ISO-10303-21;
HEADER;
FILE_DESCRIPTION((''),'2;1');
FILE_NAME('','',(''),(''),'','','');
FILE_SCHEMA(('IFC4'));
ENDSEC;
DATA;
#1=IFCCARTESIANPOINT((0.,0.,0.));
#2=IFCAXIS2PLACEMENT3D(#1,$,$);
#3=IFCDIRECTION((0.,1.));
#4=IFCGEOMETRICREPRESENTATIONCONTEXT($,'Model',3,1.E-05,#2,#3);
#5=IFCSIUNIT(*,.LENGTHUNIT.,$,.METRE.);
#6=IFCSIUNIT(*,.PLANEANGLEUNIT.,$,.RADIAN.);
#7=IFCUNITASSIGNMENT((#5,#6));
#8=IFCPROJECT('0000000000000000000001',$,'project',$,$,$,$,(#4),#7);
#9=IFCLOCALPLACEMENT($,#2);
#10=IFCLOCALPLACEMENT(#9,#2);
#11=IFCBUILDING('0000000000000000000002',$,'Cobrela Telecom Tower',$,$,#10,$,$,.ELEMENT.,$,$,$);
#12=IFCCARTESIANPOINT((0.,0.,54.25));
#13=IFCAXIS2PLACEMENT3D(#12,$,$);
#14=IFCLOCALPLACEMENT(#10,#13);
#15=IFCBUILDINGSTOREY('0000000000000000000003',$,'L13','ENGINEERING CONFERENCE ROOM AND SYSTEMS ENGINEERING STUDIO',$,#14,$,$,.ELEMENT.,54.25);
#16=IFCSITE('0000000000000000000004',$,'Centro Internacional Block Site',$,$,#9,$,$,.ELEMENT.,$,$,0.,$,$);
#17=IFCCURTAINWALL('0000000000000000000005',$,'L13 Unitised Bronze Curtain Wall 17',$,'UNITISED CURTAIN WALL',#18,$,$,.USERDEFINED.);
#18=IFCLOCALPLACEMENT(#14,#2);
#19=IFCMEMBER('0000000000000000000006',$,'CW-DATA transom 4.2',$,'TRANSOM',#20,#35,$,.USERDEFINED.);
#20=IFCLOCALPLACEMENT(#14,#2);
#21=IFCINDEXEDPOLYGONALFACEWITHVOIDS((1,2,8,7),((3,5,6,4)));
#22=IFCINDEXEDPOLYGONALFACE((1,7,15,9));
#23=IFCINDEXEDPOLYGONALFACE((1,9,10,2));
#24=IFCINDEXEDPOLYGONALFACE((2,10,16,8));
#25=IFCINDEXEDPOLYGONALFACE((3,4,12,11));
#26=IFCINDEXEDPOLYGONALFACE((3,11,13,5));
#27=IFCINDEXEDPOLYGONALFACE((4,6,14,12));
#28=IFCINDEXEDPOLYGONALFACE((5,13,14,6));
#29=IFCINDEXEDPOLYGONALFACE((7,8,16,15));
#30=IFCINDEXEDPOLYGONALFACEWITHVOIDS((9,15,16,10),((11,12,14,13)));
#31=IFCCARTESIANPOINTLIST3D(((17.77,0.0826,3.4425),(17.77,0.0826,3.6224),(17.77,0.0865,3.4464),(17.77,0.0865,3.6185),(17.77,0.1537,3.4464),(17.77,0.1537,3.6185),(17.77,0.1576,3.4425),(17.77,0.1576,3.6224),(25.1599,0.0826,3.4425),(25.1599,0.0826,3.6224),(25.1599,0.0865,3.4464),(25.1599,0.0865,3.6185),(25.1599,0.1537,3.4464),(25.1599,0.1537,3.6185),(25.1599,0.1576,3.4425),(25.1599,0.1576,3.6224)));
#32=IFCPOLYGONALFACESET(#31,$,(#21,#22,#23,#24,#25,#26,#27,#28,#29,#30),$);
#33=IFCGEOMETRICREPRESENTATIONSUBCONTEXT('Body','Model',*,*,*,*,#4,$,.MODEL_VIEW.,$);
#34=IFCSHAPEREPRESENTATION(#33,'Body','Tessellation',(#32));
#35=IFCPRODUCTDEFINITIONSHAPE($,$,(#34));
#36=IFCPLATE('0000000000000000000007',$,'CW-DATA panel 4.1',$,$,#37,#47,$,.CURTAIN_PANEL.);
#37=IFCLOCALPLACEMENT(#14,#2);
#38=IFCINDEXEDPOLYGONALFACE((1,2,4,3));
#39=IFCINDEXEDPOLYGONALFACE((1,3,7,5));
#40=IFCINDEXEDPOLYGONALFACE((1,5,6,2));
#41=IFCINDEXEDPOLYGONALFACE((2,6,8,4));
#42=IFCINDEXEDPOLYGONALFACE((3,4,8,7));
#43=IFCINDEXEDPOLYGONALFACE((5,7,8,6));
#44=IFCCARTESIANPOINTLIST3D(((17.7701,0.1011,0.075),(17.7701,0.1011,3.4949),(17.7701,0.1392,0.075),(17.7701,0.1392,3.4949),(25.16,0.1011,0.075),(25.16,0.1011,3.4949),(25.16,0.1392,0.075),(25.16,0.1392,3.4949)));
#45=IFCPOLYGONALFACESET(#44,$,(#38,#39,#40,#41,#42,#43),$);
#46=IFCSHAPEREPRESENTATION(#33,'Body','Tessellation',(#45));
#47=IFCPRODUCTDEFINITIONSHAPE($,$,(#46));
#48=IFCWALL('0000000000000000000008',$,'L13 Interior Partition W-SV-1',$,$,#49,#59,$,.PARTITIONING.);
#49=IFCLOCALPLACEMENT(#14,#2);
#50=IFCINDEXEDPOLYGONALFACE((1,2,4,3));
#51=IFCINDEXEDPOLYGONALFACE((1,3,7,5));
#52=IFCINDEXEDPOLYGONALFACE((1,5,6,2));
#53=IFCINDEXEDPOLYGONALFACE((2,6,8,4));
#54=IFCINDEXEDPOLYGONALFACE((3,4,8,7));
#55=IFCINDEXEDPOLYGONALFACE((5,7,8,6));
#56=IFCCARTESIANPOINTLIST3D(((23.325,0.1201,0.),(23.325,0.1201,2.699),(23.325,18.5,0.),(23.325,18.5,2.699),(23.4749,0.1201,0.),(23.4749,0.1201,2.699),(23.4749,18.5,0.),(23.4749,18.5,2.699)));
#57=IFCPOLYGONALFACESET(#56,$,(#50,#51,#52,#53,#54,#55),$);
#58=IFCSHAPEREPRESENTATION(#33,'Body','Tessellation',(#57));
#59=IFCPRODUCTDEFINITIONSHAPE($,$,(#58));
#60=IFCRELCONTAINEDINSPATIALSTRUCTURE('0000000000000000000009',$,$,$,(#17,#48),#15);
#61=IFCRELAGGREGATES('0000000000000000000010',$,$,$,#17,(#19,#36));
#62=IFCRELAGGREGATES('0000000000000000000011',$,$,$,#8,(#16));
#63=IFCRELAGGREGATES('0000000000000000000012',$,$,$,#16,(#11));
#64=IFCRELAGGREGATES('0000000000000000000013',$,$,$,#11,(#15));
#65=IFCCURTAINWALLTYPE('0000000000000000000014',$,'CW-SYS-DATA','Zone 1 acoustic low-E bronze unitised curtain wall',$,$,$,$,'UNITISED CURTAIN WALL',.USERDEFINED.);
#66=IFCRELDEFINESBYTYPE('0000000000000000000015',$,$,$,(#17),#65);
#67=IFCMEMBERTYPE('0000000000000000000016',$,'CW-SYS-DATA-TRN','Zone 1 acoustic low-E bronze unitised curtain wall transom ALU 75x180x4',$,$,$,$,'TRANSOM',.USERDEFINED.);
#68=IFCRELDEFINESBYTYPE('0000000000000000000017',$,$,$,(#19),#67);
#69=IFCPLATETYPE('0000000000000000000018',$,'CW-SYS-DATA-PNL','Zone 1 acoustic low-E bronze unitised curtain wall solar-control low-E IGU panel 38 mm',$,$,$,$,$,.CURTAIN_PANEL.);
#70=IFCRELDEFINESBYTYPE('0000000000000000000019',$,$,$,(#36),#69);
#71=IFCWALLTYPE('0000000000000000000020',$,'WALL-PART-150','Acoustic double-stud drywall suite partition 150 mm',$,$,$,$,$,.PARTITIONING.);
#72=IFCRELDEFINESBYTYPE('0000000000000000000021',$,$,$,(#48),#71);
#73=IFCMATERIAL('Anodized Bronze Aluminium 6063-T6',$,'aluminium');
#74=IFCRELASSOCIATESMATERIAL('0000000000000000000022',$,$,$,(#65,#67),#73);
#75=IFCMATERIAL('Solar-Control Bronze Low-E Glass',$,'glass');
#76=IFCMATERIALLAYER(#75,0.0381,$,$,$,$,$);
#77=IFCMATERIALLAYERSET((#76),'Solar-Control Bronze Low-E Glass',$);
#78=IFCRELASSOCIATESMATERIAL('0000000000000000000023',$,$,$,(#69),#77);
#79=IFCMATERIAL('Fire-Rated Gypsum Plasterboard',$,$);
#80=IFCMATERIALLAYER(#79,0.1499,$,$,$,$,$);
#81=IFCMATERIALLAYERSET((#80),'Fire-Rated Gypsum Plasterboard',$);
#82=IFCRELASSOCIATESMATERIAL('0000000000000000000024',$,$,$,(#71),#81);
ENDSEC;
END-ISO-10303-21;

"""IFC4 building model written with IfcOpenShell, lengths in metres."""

from ifc_helpers import new_model, si_unit, direction, frame, frame_2d, origin, origin_2d, place, context, subcontext, project, spatial, rectangle, hollow_rectangle, extrude, material, layer, layer_set, material_profile, profile_set, type_object, element, aggregate, save


model = new_model("IFC4")

# Units and contexts
model_context = context("Model", 3, precision=1e-05, world=origin(), true_north=direction((0.0, 1.0)))
body_context = subcontext(model_context, "Body", "Model", "MODEL_VIEW")
ifc_project = project(units=[si_unit("LENGTHUNIT", "METRE"), si_unit("PLANEANGLEUNIT", "RADIAN")], contexts=[model_context])

# Site, building, storey
site_placement = place(None, origin())
site = spatial("IfcSite", under=ifc_project, at=site_placement, Name="Centro Internacional Block Site", CompositionType="ELEMENT", RefElevation=0.0)
building_placement = place(site_placement, origin())
building = spatial("IfcBuilding", under=site, at=building_placement, Name="Cobrela Telecom Tower", CompositionType="ELEMENT")
storey_placement = place(building_placement, frame((0.0, 0.0, 54.25)))
storey = spatial("IfcBuildingStorey", under=building, at=storey_placement, Name="L13", Description="ENGINEERING CONFERENCE ROOM AND SYSTEMS ENGINEERING STUDIO", CompositionType="ELEMENT", Elevation=54.25)

# Curtain wall, member, plate
ifc_material_1 = material(Name="Anodized Bronze Aluminium 6063-T6", Category="aluminium")
curtain_wall_type = type_object("IfcCurtainWallType", Name="CW-SYS-DATA", Description="Zone 1 acoustic low-E bronze unitised curtain wall", ElementType="UNITISED CURTAIN WALL", PredefinedType="USERDEFINED", material=ifc_material_1)
curtain_wall_placement = place(storey_placement, origin())
curtain_wall = element("IfcCurtainWall", 1, at=curtain_wall_placement, inside=storey, type_object=curtain_wall_type, Name="L13 Unitised Bronze Curtain Wall 17", ObjectType="UNITISED CURTAIN WALL", PredefinedType="USERDEFINED")
ifc_material_profile_1 = material_profile(ifc_material_1, hollow_rectangle(XDim=0.075, YDim=0.1799, WallThickness=0.0039, at=origin_2d()), Name="ALU 75x180x4")
ifc_profile_set_1 = profile_set([ifc_material_profile_1], Name="Anodized Bronze Aluminium 6063-T6")
member_type_1 = type_object("IfcMemberType", Name="CW-SYS-DATA-TRN", Description="Zone 1 acoustic low-E bronze unitised curtain wall transom ALU 75x180x4", ElementType="TRANSOM", PredefinedType="USERDEFINED", material=ifc_profile_set_1)
member_1_placement = place(storey_placement, frame((25.1599, 0.1201, 3.5325), z_axis=(-1.0, 0.0, 0.0), x_axis=(0.0, -1.0, 0.0)))
member_1 = element("IfcMember", 2, at=member_1_placement, type_object=member_type_1, Name="CW-DATA transom 4.2", ObjectType="TRANSOM", PredefinedType="USERDEFINED", context=body_context, shape_type="SweptSolid", body=[
    extrude(hollow_rectangle(XDim=0.075, YDim=0.1799, WallThickness=0.0039, at=origin_2d()), origin(), (0.0, 0.0, 1.0), 7.3899),
])
ifc_material_2 = material(Name="Solar-Control Bronze Low-E Glass", Category="glass")
ifc_layer_1 = layer(ifc_material_2, 0.0381)
ifc_layer_set_1 = layer_set([ifc_layer_1], Name="Solar-Control Bronze Low-E Glass")
plate_type = type_object("IfcPlateType", Name="CW-SYS-DATA-PNL", Description="Zone 1 acoustic low-E bronze unitised curtain wall solar-control low-E IGU panel 38 mm", PredefinedType="CURTAIN_PANEL", material=ifc_layer_set_1)
plate_placement = place(storey_placement, frame((21.4651, 0.1201, 0.075), z_axis=(0.0, 0.0, 1.0), x_axis=(-1.0, 0.0, 0.0)))
plate = element("IfcPlate", 3, at=plate_placement, type_object=plate_type, Name="CW-DATA panel 4.1", PredefinedType="CURTAIN_PANEL", context=body_context, shape_type="SweptSolid", body=[
    extrude(rectangle(XDim=7.3899, YDim=0.0381, at=origin_2d()), origin(), (0.0, 0.0, 1.0), 3.4199),
])
aggregate(curtain_wall, [member_1, plate])

# Wall
ifc_material_3 = material(Name="Fire-Rated Gypsum Plasterboard")
ifc_layer_2 = layer(ifc_material_3, 0.1499)
ifc_layer_set_2 = layer_set([ifc_layer_2], Name="Fire-Rated Gypsum Plasterboard")
wall_type = type_object("IfcWallType", Name="WALL-PART-150", Description="Acoustic double-stud drywall suite partition 150 mm", PredefinedType="PARTITIONING", material=ifc_layer_set_2)
wall_placement = place(storey_placement, frame((23.3999, 0.1201, 0.0), z_axis=(0.0, 0.0, 1.0), x_axis=(0.0, 1.0, 0.0)))
element("IfcWall", 4, at=wall_placement, inside=storey, type_object=wall_type, Name="L13 Interior Partition W-SV-1", PredefinedType="PARTITIONING", context=body_context, shape_type="SweptSolid", body=[
    extrude(rectangle(XDim=18.3799, YDim=0.1499, at=frame_2d((9.1899, 0.0))), origin(), (0.0, 0.0, 1.0), 2.699),
])

save(model, "model.ifc")
